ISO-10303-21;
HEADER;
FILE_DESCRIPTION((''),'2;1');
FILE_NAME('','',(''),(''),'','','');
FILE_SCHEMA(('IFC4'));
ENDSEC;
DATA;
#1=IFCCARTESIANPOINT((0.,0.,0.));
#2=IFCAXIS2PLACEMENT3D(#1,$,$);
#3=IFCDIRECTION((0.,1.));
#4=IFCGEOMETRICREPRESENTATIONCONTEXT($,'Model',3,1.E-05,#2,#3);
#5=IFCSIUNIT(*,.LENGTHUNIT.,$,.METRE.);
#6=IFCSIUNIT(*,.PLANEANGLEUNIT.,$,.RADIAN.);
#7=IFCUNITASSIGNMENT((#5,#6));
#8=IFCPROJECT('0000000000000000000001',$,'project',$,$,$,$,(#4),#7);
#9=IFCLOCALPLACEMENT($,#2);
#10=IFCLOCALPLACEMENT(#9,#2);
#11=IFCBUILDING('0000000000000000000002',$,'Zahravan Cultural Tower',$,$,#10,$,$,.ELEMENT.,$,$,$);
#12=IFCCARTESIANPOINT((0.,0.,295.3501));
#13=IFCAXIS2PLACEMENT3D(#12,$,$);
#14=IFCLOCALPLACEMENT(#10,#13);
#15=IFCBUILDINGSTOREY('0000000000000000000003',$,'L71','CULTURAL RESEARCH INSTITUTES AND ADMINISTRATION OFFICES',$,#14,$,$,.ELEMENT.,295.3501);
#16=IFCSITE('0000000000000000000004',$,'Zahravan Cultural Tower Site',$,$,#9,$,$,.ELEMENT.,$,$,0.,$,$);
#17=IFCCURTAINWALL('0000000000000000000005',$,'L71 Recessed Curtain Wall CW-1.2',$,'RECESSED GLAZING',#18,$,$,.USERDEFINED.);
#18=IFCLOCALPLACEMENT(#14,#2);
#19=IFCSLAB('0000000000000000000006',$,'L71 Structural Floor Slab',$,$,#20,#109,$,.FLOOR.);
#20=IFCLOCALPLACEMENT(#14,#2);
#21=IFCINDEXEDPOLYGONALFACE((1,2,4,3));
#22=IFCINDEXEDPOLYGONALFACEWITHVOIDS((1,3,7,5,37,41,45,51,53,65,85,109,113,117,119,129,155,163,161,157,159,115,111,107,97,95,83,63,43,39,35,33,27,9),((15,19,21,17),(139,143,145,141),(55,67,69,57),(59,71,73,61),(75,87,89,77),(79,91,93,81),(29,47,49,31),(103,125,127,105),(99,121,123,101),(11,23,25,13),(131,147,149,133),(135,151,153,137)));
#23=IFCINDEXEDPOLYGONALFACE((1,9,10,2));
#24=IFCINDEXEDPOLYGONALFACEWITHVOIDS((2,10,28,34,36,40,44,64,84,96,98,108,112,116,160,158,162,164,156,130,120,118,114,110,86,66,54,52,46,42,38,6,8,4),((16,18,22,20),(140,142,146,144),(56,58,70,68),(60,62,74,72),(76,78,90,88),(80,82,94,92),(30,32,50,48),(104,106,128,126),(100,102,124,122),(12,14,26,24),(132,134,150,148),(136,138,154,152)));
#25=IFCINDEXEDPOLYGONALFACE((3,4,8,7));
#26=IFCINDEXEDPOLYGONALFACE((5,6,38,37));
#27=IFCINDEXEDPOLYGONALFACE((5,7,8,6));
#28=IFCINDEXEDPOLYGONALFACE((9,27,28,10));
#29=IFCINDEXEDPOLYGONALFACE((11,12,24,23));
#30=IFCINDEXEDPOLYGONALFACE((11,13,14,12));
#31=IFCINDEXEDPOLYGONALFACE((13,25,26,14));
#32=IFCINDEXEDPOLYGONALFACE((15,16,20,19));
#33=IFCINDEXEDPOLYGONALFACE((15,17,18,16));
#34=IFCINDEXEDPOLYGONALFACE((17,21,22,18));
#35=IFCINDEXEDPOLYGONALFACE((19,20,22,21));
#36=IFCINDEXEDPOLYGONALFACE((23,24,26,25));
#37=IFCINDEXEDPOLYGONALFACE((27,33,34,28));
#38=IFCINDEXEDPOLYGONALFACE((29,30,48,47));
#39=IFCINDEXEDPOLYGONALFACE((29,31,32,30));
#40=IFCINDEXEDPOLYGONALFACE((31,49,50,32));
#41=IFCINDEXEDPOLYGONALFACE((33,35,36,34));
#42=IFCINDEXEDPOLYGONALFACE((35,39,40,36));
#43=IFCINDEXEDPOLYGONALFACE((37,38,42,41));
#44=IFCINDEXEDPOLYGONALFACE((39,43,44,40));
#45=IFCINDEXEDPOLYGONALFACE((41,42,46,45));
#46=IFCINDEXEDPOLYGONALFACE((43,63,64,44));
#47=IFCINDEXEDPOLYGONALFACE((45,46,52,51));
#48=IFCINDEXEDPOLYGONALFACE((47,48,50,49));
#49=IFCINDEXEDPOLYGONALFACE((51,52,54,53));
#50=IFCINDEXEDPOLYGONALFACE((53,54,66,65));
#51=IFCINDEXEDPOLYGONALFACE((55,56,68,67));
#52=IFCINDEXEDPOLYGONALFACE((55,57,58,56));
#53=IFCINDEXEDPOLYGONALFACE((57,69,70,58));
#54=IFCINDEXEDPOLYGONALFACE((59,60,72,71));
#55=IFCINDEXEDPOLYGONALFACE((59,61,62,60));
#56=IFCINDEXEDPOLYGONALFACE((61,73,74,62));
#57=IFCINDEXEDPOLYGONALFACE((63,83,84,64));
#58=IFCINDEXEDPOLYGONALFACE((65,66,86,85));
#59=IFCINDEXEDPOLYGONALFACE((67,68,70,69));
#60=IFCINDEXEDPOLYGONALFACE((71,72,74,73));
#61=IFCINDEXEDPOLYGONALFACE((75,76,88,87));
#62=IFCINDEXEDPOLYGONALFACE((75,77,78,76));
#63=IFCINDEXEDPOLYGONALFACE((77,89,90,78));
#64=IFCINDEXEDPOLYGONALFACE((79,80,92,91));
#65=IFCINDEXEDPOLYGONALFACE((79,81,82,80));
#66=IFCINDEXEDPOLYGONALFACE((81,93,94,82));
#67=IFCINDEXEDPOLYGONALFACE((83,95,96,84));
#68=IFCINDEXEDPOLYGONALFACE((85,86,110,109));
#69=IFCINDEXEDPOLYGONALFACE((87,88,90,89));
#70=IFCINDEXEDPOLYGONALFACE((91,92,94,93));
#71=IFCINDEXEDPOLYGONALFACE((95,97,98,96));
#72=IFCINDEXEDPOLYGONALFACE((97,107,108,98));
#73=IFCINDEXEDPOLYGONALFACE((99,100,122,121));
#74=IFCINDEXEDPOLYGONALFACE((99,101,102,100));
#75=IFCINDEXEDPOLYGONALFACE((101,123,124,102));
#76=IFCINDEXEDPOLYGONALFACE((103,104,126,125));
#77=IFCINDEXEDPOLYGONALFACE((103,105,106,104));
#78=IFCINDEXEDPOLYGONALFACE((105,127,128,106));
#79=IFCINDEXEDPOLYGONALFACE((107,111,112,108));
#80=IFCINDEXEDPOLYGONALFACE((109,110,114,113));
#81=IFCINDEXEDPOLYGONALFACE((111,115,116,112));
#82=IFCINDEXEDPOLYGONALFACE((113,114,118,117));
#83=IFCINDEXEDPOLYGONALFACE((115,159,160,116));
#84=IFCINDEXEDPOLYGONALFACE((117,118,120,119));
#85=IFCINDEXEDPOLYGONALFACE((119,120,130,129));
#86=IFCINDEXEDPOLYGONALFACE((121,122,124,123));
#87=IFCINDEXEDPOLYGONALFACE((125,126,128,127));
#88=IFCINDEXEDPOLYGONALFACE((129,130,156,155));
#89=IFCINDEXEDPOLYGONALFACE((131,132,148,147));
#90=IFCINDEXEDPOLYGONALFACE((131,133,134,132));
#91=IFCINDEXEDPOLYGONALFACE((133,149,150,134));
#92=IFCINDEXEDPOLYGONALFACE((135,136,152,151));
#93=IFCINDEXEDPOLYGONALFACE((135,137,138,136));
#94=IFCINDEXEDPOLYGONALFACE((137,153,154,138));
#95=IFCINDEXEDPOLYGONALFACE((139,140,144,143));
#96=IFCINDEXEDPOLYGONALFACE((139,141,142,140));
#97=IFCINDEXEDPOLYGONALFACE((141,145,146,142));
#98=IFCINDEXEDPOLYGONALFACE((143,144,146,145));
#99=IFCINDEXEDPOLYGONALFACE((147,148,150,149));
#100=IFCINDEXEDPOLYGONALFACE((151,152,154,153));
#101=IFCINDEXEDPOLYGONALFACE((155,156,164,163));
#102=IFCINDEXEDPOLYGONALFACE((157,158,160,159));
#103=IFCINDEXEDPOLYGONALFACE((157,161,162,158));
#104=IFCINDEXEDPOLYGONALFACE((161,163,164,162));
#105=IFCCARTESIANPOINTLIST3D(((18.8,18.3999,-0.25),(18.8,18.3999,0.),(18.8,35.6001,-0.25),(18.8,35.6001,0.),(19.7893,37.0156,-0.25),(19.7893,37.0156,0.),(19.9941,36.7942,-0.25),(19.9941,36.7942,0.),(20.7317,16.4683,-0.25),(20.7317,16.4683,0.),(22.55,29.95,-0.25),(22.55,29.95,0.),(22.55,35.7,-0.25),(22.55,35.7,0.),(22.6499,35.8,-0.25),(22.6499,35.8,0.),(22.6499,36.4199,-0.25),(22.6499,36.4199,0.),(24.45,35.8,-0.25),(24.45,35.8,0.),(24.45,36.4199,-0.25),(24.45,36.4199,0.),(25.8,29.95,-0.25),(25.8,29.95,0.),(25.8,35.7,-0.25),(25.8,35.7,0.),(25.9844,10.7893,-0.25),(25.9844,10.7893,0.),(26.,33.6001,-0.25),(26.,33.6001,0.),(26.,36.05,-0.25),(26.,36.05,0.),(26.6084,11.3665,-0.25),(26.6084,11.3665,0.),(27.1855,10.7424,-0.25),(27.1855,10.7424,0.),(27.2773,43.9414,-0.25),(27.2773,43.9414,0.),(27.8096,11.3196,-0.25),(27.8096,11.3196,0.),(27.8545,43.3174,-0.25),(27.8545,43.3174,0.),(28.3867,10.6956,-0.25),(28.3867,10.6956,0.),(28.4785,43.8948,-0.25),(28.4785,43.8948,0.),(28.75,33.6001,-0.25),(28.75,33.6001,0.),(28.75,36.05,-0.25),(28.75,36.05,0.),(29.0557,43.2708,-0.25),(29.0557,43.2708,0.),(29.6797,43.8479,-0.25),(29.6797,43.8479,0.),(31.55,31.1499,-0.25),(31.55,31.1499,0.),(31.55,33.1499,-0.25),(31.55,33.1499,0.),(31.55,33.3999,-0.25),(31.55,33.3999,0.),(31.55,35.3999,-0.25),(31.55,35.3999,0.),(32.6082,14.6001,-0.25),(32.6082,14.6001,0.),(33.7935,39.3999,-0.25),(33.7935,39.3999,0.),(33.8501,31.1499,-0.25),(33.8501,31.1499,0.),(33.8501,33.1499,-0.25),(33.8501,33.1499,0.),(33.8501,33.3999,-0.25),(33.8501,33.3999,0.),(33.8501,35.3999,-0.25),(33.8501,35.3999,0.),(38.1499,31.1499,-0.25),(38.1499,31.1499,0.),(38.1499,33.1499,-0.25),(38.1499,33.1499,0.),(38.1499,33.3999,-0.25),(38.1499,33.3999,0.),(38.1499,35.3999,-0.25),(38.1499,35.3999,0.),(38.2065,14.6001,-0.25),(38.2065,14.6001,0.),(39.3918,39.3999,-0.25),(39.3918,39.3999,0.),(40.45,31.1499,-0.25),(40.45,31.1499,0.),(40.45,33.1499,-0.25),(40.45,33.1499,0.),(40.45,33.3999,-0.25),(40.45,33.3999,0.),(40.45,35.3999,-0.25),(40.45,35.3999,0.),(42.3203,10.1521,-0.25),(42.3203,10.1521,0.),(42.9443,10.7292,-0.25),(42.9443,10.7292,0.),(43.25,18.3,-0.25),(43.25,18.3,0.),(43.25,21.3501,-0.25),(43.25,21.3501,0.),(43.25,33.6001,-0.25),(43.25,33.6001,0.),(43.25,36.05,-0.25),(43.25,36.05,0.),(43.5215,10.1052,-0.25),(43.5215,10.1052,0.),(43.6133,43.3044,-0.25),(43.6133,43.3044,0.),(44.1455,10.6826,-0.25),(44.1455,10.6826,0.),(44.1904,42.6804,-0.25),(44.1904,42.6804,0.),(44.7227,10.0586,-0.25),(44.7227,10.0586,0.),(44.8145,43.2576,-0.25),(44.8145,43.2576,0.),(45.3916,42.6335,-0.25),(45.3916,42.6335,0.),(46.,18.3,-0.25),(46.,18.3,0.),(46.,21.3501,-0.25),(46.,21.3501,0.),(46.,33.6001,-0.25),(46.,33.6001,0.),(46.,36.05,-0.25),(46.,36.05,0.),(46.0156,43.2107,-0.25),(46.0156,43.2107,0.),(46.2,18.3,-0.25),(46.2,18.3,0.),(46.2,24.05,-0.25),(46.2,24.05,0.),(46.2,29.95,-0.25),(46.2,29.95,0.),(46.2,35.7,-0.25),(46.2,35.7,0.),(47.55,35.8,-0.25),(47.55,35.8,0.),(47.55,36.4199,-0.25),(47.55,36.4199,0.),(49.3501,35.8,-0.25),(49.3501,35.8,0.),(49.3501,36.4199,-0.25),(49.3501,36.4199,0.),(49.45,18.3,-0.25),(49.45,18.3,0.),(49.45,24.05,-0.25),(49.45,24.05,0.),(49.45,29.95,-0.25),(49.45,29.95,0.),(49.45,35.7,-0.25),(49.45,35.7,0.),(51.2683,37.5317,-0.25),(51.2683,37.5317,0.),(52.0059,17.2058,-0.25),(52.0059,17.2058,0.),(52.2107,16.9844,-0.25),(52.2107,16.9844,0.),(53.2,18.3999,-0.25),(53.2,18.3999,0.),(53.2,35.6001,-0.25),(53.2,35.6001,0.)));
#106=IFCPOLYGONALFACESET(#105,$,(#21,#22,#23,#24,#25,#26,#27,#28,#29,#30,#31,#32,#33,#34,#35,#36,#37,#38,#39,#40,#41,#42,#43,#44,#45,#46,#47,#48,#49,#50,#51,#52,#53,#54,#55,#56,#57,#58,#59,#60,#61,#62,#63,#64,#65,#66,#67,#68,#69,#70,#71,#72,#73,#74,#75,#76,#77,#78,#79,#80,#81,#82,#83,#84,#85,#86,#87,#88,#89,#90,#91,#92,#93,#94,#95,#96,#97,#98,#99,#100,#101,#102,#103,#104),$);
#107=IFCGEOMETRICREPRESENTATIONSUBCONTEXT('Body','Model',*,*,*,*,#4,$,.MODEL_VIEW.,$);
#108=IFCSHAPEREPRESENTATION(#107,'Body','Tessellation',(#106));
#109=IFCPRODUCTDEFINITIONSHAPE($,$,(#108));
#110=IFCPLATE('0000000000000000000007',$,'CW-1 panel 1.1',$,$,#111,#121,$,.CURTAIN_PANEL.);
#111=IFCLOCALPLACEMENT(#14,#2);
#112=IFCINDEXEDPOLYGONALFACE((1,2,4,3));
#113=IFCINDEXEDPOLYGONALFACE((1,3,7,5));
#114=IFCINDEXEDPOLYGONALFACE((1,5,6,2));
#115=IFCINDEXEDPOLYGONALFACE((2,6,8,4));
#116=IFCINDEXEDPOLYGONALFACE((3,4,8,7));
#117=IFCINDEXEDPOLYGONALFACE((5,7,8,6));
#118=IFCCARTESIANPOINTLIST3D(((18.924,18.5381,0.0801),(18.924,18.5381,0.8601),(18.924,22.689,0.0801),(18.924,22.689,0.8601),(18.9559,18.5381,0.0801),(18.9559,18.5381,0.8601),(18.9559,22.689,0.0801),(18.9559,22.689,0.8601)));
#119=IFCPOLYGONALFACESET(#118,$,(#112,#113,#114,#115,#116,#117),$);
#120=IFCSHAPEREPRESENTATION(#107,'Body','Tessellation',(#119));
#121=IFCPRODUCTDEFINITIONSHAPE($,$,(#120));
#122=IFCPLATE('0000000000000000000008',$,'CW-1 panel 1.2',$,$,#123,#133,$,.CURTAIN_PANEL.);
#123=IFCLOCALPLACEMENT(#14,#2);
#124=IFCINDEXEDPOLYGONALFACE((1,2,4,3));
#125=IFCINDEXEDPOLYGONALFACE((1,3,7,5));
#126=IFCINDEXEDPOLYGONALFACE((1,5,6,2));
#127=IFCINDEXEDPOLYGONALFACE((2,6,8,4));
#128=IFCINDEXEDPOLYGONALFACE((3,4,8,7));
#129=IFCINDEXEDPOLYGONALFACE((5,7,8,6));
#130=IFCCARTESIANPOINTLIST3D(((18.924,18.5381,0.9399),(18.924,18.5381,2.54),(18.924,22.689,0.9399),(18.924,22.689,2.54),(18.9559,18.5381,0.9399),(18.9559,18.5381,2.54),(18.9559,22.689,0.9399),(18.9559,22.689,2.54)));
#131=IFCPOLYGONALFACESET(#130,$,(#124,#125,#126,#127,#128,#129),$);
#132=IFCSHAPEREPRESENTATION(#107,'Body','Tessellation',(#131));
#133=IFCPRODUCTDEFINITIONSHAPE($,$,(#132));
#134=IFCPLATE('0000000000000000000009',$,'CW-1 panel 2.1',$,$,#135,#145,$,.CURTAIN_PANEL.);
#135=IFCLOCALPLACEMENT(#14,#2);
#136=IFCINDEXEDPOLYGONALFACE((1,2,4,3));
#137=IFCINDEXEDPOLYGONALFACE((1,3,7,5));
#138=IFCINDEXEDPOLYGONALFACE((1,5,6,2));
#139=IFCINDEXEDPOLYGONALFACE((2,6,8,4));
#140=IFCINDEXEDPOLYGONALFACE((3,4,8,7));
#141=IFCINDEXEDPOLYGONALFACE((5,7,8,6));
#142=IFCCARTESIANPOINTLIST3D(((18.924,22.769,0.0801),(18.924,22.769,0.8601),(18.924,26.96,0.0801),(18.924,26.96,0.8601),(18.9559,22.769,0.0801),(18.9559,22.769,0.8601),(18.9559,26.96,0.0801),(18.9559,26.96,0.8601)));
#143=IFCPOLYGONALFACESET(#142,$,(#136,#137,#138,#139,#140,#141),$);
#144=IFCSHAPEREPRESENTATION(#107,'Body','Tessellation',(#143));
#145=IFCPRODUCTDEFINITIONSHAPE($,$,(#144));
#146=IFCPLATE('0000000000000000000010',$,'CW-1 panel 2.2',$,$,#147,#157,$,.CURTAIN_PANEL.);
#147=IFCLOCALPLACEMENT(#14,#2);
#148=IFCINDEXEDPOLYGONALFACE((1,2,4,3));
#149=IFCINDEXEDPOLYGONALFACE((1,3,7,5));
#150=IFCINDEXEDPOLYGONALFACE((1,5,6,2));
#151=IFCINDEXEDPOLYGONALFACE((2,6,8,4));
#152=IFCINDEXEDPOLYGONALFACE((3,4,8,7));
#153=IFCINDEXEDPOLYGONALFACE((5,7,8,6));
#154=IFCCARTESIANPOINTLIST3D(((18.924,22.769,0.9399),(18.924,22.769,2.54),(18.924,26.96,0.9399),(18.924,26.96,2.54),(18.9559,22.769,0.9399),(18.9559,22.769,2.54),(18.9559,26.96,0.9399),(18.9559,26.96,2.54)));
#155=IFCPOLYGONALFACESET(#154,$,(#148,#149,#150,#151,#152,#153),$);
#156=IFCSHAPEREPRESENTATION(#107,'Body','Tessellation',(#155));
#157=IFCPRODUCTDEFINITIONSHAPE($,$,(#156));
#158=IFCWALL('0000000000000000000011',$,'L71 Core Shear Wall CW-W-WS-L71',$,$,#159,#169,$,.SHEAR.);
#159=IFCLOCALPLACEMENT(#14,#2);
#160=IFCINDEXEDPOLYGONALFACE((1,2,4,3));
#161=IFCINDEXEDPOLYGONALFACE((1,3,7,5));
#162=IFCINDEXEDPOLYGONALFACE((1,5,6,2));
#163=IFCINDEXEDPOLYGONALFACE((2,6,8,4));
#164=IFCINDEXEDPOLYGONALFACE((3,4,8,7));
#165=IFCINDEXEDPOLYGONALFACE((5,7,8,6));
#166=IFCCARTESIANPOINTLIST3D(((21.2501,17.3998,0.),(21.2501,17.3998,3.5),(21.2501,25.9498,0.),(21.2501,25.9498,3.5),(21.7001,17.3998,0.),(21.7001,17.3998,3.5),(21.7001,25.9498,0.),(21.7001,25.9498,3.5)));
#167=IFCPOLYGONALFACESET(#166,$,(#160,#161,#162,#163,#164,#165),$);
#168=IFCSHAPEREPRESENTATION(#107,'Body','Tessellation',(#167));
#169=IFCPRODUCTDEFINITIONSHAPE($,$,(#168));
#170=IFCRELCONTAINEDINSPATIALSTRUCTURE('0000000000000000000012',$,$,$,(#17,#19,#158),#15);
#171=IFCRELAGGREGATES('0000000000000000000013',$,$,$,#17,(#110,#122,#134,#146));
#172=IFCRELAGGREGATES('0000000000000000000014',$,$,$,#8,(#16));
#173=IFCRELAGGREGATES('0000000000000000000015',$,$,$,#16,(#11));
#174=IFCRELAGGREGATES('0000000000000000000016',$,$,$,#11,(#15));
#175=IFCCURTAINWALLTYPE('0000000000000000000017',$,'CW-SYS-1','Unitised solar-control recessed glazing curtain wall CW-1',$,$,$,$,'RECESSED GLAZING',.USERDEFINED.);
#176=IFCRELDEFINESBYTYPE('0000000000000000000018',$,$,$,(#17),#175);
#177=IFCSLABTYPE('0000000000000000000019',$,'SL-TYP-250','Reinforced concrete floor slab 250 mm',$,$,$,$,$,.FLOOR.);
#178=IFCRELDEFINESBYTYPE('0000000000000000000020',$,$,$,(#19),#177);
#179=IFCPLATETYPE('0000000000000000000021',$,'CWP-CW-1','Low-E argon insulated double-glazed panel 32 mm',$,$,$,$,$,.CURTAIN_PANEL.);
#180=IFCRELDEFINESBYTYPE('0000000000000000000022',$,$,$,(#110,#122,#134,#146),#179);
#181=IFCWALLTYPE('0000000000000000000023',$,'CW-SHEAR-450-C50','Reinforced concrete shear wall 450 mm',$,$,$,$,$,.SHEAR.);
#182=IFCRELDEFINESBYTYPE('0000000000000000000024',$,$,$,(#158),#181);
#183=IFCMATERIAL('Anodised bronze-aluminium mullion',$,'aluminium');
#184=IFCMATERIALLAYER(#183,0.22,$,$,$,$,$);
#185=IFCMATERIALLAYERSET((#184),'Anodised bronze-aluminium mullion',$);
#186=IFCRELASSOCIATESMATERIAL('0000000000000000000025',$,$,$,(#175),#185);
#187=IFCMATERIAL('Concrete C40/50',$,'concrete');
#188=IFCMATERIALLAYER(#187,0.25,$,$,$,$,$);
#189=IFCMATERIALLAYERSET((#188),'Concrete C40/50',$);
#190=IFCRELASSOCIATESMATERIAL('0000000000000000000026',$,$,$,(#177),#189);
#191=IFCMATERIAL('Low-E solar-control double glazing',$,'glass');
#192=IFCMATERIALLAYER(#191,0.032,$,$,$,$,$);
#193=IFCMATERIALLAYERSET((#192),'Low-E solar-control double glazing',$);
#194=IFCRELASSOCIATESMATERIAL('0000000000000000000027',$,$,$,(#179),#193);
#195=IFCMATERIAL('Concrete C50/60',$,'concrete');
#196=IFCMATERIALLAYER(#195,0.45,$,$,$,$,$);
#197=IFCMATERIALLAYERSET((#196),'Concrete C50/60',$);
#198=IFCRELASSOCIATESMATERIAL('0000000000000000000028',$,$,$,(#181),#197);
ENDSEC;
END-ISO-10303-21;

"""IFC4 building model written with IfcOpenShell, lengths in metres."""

from ifc_helpers import new_model, si_unit, direction, frame, frame_2d, origin, origin_2d, place, context, subcontext, project, spatial, polyline, rectangle, outline, extrude, source, transform, mapped, material, layer, layer_set, type_object, element, aggregate, save


model = new_model("IFC4")

# Units and contexts
model_context = context("Model", 3, precision=1e-05, world=origin(), true_north=direction((0.0, 1.0)))
body_context = subcontext(model_context, "Body", "Model", "MODEL_VIEW")
ifc_project = project(units=[si_unit("LENGTHUNIT", "METRE"), si_unit("PLANEANGLEUNIT", "RADIAN")], contexts=[model_context])

# Site, building, storey
site_placement = place(None, origin())
site = spatial("IfcSite", under=ifc_project, at=site_placement, Name="Zahravan Cultural Tower Site", CompositionType="ELEMENT", RefElevation=0.0)
building_placement = place(site_placement, origin())
building = spatial("IfcBuilding", under=site, at=building_placement, Name="Zahravan Cultural Tower", CompositionType="ELEMENT")
storey_placement = place(building_placement, frame((0.0, 0.0, 295.3501)))
storey = spatial("IfcBuildingStorey", under=building, at=storey_placement, Name="L71", Description="CULTURAL RESEARCH INSTITUTES AND ADMINISTRATION OFFICES", CompositionType="ELEMENT", Elevation=295.3501)

# Shared definitions
ifc_material_1 = material(Name="Concrete C50/60", Category="concrete")

# Curtain wall
ifc_material_2 = material(Name="Anodised bronze-aluminium mullion", Category="aluminium")
ifc_layer_1 = layer(ifc_material_2, 0.22)
ifc_layer_set_1 = layer_set([ifc_layer_1], Name="Anodised bronze-aluminium mullion")
curtain_wall_type = type_object("IfcCurtainWallType", Name="CW-SYS-1", Description="Unitised solar-control recessed glazing curtain wall CW-1", ElementType="RECESSED GLAZING", PredefinedType="USERDEFINED", material=ifc_layer_set_1)
curtain_wall_placement = place(storey_placement, origin())
curtain_wall = element("IfcCurtainWall", 1, at=curtain_wall_placement, inside=storey, type_object=curtain_wall_type, Name="L71 Recessed Curtain Wall CW-1.2", ObjectType="RECESSED GLAZING", PredefinedType="USERDEFINED")

# Slab
ifc_material_3 = material(Name="Concrete C40/50", Category="concrete")
ifc_layer_2 = layer(ifc_material_3, 0.25)
ifc_layer_set_2 = layer_set([ifc_layer_2], Name="Concrete C40/50")
slab_type_1 = type_object("IfcSlabType", Name="SL-TYP-250", Description="Reinforced concrete floor slab 250 mm", PredefinedType="FLOOR", material=ifc_layer_set_2)
slab_1_placement = place(storey_placement, frame((0.0, 0.0, -0.25)))
element("IfcSlab", 2, at=slab_1_placement, inside=storey, type_object=slab_type_1, Name="L71 Structural Floor Slab", PredefinedType="FLOOR", context=body_context, shape_type="SweptSolid", body=[
    extrude(outline(polyline([(39.3918, 39.3999), (33.7935, 39.3999), (29.6797, 43.8479), (29.0557, 43.2708), (28.4785, 43.8948), (27.8545, 43.3174), (27.2773, 43.9414), (19.7893, 37.0156), (19.9941, 36.7942), (18.8, 35.6001), (18.8, 18.3999), (20.7317, 16.4683), (25.9844, 10.7893), (26.6084, 11.3665), (27.1855, 10.7424), (27.8096, 11.3196), (28.3867, 10.6956), (32.6082, 14.6001), (38.2065, 14.6001), (42.3203, 10.1521), (42.9443, 10.7292), (43.5215, 10.1052), (44.1455, 10.6826), (44.7227, 10.0586), (52.2107, 16.9844), (52.0059, 17.2058), (53.2, 18.3999), (53.2, 35.6001), (51.2683, 37.5317), (46.0156, 43.2107), (45.3916, 42.6335), (44.8145, 43.2576), (44.1904, 42.6804), (43.6133, 43.3044), (39.3918, 39.3999)]), holes=[polyline([(22.55, 29.95), (22.55, 35.7), (25.8, 35.7), (25.8, 29.95), (22.55, 29.95)]), polyline([(46.2, 29.95), (46.2, 35.7), (49.45, 35.7), (49.45, 29.95), (46.2, 29.95)]), polyline([(46.2, 18.3), (46.2, 24.05), (49.45, 24.05), (49.45, 18.3), (46.2, 18.3)]), polyline([(26.0, 33.6001), (26.0, 36.05), (28.75, 36.05), (28.75, 33.6001), (26.0, 33.6001)]), polyline([(43.25, 33.6001), (43.25, 36.05), (46.0, 36.05), (46.0, 33.6001), (43.25, 33.6001)]), polyline([(43.25, 18.3), (43.25, 21.3501), (46.0, 21.3501), (46.0, 18.3), (43.25, 18.3)]), polyline([(31.55, 33.3999), (31.55, 35.3999), (33.8501, 35.3999), (33.8501, 33.3999), (31.55, 33.3999)]), polyline([(31.55, 31.1499), (31.55, 33.1499), (33.8501, 33.1499), (33.8501, 31.1499), (31.55, 31.1499)]), polyline([(38.1499, 33.3999), (38.1499, 35.3999), (40.45, 35.3999), (40.45, 33.3999), (38.1499, 33.3999)]), polyline([(38.1499, 31.1499), (38.1499, 33.1499), (40.45, 33.1499), (40.45, 31.1499), (38.1499, 31.1499)]), polyline([(22.6499, 35.8), (22.6499, 36.4199), (24.45, 36.4199), (24.45, 35.8), (22.6499, 35.8)]), polyline([(47.55, 35.8), (47.55, 36.4199), (49.3501, 36.4199), (49.3501, 35.8), (47.55, 35.8)])]), origin(), (0.0, 0.0, 1.0), 0.25),
])

# Plates
ifc_material_4 = material(Name="Low-E solar-control double glazing", Category="glass")
ifc_layer_3 = layer(ifc_material_4, 0.032)
ifc_layer_set_3 = layer_set([ifc_layer_3], Name="Low-E solar-control double glazing")
plate_type = type_object("IfcPlateType", Name="CWP-CW-1", Description="Low-E argon insulated double-glazed panel 32 mm", PredefinedType="CURTAIN_PANEL", material=ifc_layer_set_3)
shared_shape_1 = source(origin(), body_context, "Body", "SweptSolid", [
    extrude(rectangle(XDim=4.1509, YDim=0.032, at=origin_2d()), origin(), (0.0, 0.0, 1.0), 0.78),
])
plate_1_placement = place(storey_placement, frame((18.9399, 20.6135, 0.0801), z_axis=(0.0, 0.0, 1.0), x_axis=(0.0, 1.0, 0.0)))
plate_1 = element("IfcPlate", 3, at=plate_1_placement, type_object=plate_type, Name="CW-1 panel 1.1", PredefinedType="CURTAIN_PANEL", context=body_context, shape_type="MappedRepresentation", body=[
    mapped(shared_shape_1, transform((0.0, 0.0, 0.0), x_axis=(1.0, 0.0, 0.0), y_axis=(0.0, 1.0, 0.0), z_axis=(0.0, 0.0, 1.0), scale=1.0)),
])
shared_shape_2 = source(origin(), body_context, "Body", "SweptSolid", [
    extrude(rectangle(XDim=4.1509, YDim=0.032, at=origin_2d()), origin(), (0.0, 0.0, 1.0), 1.6001),
])
plate_2_placement = place(storey_placement, frame((18.9399, 20.6135, 0.9399), z_axis=(0.0, 0.0, 1.0), x_axis=(0.0, 1.0, 0.0)))
plate_2 = element("IfcPlate", 4, at=plate_2_placement, type_object=plate_type, Name="CW-1 panel 1.2", PredefinedType="CURTAIN_PANEL", context=body_context, shape_type="MappedRepresentation", body=[
    mapped(shared_shape_2, transform((0.0, 0.0, 0.0), x_axis=(1.0, 0.0, 0.0), y_axis=(0.0, 1.0, 0.0), z_axis=(0.0, 0.0, 1.0), scale=1.0)),
])
shared_shape_3 = source(origin(), body_context, "Body", "SweptSolid", [
    extrude(rectangle(XDim=4.1909, YDim=0.032, at=origin_2d()), origin(), (0.0, 0.0, 1.0), 0.78),
])
plate_3_placement = place(storey_placement, frame((18.9399, 24.8645, 0.0801), z_axis=(0.0, 0.0, 1.0), x_axis=(0.0, 1.0, 0.0)))
plate_3 = element("IfcPlate", 5, at=plate_3_placement, type_object=plate_type, Name="CW-1 panel 2.1", PredefinedType="CURTAIN_PANEL", context=body_context, shape_type="MappedRepresentation", body=[
    mapped(shared_shape_3, transform((0.0, 0.0, 0.0), x_axis=(1.0, 0.0, 0.0), y_axis=(0.0, 1.0, 0.0), z_axis=(0.0, 0.0, 1.0), scale=1.0)),
])
shared_shape_4 = source(origin(), body_context, "Body", "SweptSolid", [
    extrude(rectangle(XDim=4.1909, YDim=0.032, at=origin_2d()), origin(), (0.0, 0.0, 1.0), 1.6001),
])
plate_4_placement = place(storey_placement, frame((18.9399, 24.8645, 0.9399), z_axis=(0.0, 0.0, 1.0), x_axis=(0.0, 1.0, 0.0)))
plate_4 = element("IfcPlate", 6, at=plate_4_placement, type_object=plate_type, Name="CW-1 panel 2.2", PredefinedType="CURTAIN_PANEL", context=body_context, shape_type="MappedRepresentation", body=[
    mapped(shared_shape_4, transform((0.0, 0.0, 0.0), x_axis=(1.0, 0.0, 0.0), y_axis=(0.0, 1.0, 0.0), z_axis=(0.0, 0.0, 1.0), scale=1.0)),
])
aggregate(curtain_wall, [plate_1, plate_2, plate_3, plate_4])

# Wall
ifc_layer_4 = layer(ifc_material_1, 0.45)
ifc_layer_set_4 = layer_set([ifc_layer_4], Name="Concrete C50/60")
wall_type_1 = type_object("IfcWallType", Name="CW-SHEAR-450-C50", Description="Reinforced concrete shear wall 450 mm", PredefinedType="SHEAR", material=ifc_layer_set_4)
shared_shape_5 = source(origin(), body_context, "Body", "SweptSolid", [
    extrude(rectangle(XDim=8.55, YDim=0.45, at=frame_2d((4.2749, 0.0))), origin(), (0.0, 0.0, 1.0), 3.5),
])
wall_1_placement = place(storey_placement, frame((21.4751, 17.3999, 0.0), z_axis=(0.0, 0.0, 1.0), x_axis=(0.0, 1.0, 0.0)))
element("IfcWall", 7, at=wall_1_placement, inside=storey, type_object=wall_type_1, Name="L71 Core Shear Wall CW-W-WS-L71", PredefinedType="SHEAR", context=body_context, shape_type="MappedRepresentation", body=[
    mapped(shared_shape_5, transform((0.0, 0.0, 0.0), x_axis=(1.0, 0.0, 0.0), y_axis=(0.0, 1.0, 0.0), z_axis=(0.0, 0.0, 1.0), scale=1.0)),
])

save(model, "model.ifc")
